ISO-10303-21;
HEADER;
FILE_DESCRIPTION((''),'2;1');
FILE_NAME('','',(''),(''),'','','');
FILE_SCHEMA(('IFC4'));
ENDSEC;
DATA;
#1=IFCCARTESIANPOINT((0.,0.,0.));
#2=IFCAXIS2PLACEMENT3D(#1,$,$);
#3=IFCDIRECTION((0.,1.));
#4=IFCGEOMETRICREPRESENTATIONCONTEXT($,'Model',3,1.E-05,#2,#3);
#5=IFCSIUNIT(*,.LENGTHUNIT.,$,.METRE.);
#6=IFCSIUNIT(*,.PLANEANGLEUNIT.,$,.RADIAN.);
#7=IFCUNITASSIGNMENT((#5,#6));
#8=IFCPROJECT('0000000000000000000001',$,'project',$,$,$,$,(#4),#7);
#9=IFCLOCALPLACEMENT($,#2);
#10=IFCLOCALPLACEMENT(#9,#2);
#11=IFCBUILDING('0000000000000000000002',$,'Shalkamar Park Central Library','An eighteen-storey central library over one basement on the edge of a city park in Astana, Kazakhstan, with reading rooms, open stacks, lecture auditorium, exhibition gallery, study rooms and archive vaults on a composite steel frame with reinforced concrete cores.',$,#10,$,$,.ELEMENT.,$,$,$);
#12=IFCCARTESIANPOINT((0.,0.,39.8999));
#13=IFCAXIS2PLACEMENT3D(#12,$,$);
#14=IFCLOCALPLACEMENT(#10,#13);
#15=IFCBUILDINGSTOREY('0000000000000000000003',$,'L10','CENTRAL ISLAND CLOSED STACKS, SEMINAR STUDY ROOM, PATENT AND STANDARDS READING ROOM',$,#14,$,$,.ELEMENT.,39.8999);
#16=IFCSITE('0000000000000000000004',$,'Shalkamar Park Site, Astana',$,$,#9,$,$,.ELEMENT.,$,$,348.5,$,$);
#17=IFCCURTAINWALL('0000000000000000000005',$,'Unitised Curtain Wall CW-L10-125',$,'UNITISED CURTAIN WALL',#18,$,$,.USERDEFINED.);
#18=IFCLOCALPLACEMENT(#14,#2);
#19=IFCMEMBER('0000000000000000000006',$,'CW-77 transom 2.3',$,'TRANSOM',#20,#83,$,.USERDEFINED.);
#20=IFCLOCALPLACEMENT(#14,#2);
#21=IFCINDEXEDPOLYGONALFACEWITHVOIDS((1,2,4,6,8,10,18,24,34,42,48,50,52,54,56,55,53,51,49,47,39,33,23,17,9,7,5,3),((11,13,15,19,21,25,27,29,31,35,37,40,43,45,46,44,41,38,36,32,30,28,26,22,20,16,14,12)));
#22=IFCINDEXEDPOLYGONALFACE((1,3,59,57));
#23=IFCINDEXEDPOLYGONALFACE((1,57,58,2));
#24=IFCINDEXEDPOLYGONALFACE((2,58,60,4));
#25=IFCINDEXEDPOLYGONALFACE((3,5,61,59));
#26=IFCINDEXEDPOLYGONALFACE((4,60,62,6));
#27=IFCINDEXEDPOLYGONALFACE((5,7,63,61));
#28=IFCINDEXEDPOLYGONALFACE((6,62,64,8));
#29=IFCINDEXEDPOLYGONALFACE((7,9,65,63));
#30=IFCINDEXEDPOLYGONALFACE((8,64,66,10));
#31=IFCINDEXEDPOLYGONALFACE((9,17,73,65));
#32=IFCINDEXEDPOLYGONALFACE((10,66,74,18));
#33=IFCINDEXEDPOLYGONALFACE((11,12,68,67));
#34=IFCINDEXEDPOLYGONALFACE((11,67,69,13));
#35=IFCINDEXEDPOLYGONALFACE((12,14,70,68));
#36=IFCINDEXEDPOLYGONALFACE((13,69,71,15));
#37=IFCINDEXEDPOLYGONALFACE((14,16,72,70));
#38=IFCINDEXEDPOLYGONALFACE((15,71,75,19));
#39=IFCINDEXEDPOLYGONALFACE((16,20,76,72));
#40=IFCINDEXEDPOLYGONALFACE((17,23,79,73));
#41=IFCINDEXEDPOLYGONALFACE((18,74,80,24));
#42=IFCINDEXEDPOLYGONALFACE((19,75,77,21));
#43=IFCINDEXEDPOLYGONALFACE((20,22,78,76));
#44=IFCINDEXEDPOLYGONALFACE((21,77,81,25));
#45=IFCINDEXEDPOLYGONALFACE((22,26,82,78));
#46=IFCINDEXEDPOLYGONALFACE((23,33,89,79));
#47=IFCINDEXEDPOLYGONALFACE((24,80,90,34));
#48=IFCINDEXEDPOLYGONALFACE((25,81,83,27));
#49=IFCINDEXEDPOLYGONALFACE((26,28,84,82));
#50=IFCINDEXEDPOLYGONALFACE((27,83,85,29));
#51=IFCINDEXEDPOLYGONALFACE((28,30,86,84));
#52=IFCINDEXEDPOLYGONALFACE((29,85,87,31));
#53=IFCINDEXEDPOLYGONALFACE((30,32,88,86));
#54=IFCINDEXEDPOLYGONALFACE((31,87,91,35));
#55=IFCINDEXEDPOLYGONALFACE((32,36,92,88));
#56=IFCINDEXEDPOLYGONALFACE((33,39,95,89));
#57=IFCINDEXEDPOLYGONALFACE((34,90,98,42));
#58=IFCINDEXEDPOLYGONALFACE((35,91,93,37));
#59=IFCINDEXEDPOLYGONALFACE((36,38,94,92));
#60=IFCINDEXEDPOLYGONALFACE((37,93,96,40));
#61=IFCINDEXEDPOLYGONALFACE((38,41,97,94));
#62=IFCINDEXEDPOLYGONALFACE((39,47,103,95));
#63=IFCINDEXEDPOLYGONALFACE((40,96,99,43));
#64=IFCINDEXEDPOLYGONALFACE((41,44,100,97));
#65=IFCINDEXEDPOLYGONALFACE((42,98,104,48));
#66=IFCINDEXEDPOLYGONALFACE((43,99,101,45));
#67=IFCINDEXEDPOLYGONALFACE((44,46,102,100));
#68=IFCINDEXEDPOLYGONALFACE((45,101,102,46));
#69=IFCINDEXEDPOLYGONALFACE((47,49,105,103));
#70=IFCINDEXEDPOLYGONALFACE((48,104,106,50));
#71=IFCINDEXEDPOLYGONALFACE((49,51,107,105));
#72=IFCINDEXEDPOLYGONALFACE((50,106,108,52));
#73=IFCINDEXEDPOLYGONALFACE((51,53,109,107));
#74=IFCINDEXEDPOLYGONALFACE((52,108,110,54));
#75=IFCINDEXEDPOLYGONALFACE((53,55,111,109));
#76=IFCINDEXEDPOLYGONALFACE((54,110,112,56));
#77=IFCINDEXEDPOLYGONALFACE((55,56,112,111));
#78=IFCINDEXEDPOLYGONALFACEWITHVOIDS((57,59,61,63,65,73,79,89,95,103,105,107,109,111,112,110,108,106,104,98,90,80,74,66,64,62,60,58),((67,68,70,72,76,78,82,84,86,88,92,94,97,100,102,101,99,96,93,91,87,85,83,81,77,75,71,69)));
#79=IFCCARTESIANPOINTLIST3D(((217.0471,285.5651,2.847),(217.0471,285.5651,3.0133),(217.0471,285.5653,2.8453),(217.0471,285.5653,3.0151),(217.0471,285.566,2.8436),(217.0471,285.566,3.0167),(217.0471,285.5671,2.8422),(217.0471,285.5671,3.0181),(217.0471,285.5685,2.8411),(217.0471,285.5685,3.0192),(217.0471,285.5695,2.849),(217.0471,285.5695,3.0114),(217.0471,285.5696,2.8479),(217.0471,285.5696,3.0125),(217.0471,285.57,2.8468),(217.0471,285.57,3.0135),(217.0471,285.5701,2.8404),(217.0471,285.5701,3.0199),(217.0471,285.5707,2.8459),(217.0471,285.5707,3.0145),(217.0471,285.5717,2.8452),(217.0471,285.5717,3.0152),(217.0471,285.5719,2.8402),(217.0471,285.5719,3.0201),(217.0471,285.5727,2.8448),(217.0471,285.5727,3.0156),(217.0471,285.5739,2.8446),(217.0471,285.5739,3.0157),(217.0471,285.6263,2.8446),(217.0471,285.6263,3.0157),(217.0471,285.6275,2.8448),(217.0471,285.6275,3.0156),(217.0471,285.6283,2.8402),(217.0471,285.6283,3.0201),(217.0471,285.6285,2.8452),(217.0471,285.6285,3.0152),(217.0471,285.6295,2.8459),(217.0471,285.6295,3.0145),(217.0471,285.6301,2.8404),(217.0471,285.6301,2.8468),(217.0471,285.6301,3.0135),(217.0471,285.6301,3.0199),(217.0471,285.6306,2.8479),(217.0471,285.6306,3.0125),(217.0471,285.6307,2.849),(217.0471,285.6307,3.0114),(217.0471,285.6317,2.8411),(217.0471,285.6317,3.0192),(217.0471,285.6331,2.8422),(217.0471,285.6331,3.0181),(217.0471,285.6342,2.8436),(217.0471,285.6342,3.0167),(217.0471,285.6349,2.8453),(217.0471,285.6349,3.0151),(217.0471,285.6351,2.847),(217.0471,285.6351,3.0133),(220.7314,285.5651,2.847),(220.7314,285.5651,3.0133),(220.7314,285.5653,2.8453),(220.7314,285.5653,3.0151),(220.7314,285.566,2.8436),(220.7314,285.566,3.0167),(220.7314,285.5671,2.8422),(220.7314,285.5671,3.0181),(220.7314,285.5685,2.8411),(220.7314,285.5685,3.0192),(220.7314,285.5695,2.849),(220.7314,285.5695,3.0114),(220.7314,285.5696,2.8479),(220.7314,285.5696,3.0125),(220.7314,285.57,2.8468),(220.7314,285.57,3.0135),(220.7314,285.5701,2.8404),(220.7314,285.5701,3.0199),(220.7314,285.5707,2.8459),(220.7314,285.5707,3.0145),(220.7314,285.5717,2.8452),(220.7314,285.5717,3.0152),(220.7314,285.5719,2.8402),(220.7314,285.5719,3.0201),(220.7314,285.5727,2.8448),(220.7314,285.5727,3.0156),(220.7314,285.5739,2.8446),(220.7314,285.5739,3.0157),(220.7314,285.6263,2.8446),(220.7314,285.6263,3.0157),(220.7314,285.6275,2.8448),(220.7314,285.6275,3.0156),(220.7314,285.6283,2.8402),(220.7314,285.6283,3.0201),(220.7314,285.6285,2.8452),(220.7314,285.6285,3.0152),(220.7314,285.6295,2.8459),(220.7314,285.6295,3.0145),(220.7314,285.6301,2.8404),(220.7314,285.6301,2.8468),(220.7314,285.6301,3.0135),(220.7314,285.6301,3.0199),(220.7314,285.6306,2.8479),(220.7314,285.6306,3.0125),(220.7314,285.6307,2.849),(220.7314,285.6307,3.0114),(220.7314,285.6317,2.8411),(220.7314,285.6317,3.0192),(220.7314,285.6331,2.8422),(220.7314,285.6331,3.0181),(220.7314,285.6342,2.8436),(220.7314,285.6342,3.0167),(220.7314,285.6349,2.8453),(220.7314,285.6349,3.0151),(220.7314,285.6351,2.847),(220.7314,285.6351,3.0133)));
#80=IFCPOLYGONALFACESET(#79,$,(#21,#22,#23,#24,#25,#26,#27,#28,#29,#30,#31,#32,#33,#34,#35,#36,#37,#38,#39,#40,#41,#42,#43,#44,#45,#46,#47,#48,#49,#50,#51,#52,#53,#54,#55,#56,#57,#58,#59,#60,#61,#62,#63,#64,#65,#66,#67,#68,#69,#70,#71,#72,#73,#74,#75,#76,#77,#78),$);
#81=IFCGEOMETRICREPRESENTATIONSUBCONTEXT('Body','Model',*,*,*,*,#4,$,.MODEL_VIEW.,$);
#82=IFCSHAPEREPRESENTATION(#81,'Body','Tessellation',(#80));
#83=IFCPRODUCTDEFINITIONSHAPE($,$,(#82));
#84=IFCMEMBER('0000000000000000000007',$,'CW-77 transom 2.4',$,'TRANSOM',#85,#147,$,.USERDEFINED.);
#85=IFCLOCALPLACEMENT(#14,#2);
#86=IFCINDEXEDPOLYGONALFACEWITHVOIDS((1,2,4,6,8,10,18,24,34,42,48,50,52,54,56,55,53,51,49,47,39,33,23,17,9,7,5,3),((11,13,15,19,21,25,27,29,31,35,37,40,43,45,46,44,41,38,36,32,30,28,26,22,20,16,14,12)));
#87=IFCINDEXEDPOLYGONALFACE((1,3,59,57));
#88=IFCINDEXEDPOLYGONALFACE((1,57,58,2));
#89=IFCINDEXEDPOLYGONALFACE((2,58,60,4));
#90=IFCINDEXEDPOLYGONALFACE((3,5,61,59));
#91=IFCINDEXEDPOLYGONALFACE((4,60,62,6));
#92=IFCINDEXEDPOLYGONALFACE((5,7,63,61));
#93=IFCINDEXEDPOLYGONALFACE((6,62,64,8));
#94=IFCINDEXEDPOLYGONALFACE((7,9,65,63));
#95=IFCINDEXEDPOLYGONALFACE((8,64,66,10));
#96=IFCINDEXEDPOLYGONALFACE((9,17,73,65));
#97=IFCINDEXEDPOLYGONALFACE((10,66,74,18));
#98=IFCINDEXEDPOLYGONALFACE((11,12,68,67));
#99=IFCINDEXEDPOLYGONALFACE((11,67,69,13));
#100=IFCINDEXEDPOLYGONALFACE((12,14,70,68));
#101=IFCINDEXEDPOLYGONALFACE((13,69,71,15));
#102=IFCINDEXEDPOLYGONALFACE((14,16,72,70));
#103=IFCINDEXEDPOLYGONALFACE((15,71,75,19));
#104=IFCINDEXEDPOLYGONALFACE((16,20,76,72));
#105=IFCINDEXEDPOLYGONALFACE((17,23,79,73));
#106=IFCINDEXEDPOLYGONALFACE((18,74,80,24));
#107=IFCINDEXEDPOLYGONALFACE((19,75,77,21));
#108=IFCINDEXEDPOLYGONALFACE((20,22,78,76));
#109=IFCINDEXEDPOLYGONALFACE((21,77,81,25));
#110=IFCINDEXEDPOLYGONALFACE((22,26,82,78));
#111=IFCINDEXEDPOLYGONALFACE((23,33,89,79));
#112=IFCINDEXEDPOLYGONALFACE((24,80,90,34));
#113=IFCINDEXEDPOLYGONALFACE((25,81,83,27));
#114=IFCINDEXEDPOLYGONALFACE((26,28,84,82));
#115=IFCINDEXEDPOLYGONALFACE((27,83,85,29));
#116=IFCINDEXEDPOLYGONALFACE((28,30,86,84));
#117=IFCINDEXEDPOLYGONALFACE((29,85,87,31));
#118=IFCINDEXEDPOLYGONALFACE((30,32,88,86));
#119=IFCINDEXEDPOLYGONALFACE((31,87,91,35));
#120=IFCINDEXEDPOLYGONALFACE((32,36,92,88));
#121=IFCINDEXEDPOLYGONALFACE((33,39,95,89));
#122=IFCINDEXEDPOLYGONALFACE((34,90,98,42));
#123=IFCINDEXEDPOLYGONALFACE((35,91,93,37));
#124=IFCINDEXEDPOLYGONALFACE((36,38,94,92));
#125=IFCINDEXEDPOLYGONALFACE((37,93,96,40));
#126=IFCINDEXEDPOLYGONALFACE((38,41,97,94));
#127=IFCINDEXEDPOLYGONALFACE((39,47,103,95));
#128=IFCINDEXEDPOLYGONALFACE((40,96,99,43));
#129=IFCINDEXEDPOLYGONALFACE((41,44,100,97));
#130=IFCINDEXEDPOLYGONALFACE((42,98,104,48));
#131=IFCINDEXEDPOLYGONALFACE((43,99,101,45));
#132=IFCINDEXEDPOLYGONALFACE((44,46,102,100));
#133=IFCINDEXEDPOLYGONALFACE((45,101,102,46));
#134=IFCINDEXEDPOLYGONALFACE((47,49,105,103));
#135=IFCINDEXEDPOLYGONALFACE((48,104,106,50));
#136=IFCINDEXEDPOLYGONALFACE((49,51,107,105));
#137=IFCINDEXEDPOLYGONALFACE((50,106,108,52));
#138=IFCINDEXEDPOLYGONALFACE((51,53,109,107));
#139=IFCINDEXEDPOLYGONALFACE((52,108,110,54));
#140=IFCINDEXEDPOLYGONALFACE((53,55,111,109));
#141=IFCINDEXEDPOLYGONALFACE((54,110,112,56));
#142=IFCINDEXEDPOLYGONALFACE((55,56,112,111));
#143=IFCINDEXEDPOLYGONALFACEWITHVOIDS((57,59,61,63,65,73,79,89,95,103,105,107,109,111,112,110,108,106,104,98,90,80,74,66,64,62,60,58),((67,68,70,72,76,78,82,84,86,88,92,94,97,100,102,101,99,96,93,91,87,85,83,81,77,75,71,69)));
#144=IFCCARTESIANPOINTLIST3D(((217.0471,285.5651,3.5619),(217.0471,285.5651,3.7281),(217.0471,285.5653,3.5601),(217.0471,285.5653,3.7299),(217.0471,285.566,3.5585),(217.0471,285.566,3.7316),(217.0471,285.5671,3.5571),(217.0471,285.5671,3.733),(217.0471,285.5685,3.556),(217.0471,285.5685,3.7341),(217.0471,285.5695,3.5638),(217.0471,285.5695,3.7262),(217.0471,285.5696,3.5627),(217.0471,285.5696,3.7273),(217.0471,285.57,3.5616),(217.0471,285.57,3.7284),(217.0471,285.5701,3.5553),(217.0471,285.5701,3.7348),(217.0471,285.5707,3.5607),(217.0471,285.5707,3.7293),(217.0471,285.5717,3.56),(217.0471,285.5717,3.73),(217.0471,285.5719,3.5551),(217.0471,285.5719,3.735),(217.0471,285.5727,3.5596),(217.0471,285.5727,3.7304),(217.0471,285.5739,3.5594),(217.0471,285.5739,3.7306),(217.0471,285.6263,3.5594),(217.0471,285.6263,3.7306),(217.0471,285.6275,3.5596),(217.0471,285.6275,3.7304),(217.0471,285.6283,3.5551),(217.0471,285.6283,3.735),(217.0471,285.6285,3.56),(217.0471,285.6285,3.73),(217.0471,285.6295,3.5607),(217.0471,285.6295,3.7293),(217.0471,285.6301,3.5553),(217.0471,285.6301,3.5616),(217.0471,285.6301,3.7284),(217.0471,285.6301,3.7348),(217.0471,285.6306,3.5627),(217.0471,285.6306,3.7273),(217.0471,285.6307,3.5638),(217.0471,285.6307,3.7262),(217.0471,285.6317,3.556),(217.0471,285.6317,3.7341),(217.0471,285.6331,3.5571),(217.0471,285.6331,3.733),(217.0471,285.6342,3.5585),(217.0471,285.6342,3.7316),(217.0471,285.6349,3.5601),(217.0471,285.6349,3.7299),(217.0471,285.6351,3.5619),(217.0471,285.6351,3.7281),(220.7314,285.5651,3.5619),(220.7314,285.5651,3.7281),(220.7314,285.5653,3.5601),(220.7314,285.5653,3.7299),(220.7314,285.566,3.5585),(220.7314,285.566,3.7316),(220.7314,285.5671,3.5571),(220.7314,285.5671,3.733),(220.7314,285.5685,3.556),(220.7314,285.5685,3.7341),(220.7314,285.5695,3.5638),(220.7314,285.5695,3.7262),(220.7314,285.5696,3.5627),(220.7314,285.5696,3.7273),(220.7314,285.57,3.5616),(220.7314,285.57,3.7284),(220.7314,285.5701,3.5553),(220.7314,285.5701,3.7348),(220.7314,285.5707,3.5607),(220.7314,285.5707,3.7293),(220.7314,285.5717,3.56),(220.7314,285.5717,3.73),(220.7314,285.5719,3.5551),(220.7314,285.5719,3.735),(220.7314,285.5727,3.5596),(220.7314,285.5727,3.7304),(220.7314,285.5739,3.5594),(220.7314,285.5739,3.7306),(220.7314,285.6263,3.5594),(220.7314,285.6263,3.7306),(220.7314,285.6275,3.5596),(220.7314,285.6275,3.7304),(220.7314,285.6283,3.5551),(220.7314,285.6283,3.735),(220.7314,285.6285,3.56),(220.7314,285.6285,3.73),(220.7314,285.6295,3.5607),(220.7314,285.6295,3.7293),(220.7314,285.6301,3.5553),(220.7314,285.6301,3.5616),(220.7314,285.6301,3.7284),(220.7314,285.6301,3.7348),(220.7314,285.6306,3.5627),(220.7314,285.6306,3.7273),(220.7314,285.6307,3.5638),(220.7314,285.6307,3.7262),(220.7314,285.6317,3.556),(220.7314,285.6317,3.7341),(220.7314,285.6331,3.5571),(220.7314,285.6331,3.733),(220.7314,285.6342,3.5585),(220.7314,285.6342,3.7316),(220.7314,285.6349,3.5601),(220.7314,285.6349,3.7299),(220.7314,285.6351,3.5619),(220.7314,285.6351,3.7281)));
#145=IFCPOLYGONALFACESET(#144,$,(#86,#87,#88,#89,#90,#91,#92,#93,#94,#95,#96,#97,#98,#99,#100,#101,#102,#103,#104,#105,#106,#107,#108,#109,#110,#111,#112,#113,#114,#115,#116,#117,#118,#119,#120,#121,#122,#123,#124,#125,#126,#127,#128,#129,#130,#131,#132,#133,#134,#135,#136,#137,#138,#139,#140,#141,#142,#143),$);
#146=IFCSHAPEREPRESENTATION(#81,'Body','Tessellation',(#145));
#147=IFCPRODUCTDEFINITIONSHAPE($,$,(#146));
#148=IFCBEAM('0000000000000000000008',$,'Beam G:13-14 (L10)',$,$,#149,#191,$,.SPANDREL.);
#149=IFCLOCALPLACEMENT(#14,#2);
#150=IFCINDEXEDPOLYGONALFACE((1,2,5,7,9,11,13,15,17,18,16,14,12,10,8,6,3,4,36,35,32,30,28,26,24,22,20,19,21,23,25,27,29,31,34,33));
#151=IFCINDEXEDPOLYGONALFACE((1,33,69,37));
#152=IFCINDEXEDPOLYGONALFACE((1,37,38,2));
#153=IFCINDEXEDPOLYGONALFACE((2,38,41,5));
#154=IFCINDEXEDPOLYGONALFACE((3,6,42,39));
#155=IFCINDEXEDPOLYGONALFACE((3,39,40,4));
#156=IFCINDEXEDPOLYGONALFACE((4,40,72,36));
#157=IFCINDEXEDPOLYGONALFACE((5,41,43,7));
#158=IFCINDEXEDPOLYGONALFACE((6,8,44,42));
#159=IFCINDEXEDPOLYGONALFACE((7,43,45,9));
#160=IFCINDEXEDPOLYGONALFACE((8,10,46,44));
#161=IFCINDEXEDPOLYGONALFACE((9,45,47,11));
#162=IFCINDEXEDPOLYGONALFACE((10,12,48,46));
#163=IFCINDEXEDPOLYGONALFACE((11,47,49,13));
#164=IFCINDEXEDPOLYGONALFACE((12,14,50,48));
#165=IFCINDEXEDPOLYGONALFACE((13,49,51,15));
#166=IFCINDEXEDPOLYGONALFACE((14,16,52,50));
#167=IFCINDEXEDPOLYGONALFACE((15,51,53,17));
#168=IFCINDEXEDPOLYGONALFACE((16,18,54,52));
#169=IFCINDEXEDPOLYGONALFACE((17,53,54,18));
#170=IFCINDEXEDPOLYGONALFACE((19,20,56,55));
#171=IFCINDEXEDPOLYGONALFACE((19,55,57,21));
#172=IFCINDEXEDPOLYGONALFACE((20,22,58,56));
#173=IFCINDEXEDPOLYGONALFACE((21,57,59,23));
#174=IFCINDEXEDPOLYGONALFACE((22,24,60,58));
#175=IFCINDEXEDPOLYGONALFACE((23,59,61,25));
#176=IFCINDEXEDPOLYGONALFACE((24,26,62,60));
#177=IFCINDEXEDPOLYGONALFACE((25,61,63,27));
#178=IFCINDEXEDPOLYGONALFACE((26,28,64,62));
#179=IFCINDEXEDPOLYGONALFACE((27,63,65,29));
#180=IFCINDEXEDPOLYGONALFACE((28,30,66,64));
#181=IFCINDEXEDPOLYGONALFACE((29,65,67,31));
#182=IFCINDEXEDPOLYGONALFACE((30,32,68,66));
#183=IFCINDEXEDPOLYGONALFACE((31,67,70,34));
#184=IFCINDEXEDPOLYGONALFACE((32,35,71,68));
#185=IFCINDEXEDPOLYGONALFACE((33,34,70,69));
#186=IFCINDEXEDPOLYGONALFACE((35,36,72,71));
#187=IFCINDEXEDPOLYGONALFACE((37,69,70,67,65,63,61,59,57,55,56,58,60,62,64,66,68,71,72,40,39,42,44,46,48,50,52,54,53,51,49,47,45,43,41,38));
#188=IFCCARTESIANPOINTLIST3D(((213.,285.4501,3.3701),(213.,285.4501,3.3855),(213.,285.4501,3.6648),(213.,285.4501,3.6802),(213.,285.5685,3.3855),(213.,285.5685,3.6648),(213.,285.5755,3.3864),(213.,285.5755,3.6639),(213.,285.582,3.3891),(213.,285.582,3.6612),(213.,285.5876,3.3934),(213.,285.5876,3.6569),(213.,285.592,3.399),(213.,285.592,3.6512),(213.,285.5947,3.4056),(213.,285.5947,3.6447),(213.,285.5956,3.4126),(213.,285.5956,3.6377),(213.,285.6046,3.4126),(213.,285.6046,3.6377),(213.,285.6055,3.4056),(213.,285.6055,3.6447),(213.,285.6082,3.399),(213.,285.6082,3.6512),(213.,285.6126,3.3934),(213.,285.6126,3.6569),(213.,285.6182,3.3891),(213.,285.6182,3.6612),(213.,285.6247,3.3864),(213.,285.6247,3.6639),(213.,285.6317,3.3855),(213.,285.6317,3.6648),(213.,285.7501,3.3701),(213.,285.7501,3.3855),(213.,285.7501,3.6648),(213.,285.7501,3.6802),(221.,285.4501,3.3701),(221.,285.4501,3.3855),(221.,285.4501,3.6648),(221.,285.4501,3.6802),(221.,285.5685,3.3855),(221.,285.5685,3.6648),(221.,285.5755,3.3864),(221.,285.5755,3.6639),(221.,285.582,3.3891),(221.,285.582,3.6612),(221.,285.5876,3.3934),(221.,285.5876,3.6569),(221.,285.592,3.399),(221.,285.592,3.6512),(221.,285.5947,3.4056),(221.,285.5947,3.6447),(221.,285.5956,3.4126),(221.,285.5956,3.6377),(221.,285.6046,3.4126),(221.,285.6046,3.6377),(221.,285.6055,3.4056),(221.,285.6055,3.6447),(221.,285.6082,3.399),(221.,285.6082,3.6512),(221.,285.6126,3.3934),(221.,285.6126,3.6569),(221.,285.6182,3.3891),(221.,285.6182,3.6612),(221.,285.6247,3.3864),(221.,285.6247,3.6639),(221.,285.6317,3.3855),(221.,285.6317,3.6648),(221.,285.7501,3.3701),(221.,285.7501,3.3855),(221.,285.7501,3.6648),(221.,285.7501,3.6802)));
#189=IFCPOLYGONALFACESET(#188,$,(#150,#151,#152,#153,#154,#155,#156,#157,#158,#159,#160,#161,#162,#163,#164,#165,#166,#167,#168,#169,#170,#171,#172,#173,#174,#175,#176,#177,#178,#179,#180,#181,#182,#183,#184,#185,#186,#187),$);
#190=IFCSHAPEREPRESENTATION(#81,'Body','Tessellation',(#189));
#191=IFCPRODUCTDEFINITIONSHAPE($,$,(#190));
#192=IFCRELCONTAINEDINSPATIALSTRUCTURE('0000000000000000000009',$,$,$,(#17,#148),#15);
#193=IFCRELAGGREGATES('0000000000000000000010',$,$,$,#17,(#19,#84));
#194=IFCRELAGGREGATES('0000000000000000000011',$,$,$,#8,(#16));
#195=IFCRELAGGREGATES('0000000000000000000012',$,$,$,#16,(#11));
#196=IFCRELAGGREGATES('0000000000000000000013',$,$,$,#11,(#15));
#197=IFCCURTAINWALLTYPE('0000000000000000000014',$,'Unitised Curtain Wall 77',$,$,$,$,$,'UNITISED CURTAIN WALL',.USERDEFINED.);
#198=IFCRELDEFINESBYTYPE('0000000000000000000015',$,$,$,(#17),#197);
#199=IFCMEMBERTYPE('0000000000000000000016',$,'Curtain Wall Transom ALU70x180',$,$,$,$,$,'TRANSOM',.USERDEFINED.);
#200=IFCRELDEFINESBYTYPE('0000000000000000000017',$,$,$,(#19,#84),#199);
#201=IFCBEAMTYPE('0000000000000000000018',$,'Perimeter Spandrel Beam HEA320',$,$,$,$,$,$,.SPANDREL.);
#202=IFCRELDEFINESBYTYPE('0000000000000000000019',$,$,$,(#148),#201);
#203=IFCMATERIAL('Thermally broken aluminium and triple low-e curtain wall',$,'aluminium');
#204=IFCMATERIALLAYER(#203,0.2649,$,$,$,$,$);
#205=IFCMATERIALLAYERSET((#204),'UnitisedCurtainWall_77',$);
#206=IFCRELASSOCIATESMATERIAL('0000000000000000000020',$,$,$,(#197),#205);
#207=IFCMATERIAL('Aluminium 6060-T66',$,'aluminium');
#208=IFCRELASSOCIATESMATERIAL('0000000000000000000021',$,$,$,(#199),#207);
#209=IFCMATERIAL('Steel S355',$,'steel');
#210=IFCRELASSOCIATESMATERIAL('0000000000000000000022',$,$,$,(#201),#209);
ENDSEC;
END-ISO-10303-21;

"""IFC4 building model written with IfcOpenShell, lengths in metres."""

from ifc_helpers import new_model, si_unit, direction, frame, origin, origin_2d, place, context, subcontext, project, spatial, hollow_rectangle, i_section, extrude, material, layer, layer_set, material_profile, profile_set, type_object, element, aggregate, save


model = new_model("IFC4")

# Units and contexts
model_context = context("Model", 3, precision=1e-05, world=origin(), true_north=direction((0.0, 1.0)))
body_context = subcontext(model_context, "Body", "Model", "MODEL_VIEW")
ifc_project = project(units=[si_unit("LENGTHUNIT", "METRE"), si_unit("PLANEANGLEUNIT", "RADIAN")], contexts=[model_context])

# Site, building, storey
site_placement = place(None, origin())
site = spatial("IfcSite", under=ifc_project, at=site_placement, Name="Shalkamar Park Site, Astana", CompositionType="ELEMENT", RefElevation=348.5)
building_placement = place(site_placement, origin())
building = spatial("IfcBuilding", under=site, at=building_placement, Name="Shalkamar Park Central Library", Description="An eighteen-storey central library over one basement on the edge of a city park in Astana, Kazakhstan, with reading rooms, open stacks, lecture auditorium, exhibition gallery, study rooms and archive vaults on a composite steel frame with reinforced concrete cores.", CompositionType="ELEMENT")
storey_placement = place(building_placement, frame((0.0, 0.0, 39.8999)))
storey = spatial("IfcBuildingStorey", under=building, at=storey_placement, Name="L10", Description="CENTRAL ISLAND CLOSED STACKS, SEMINAR STUDY ROOM, PATENT AND STANDARDS READING ROOM", CompositionType="ELEMENT", Elevation=39.8999)

# Shared definitions
ifc_material_1 = material(Name="Steel S355", Category="steel")

# Shared definitions
ifc_material_2 = material(Name="Thermally broken aluminium and triple low-e curtain wall", Category="aluminium")
ifc_material_3 = material(Name="Aluminium 6060-T66", Category="aluminium")

# Curtain wall
ifc_layer_1 = layer(ifc_material_2, 0.2649)
ifc_layer_set_1 = layer_set([ifc_layer_1], Name="UnitisedCurtainWall_77")
curtain_wall_type_1 = type_object("IfcCurtainWallType", Name="Unitised Curtain Wall 77", ElementType="UNITISED CURTAIN WALL", PredefinedType="USERDEFINED", material=ifc_layer_set_1)
curtain_wall_1_placement = place(storey_placement, origin())
curtain_wall_1 = element("IfcCurtainWall", 1, at=curtain_wall_1_placement, inside=storey, type_object=curtain_wall_type_1, Name="Unitised Curtain Wall CW-L10-125", ObjectType="UNITISED CURTAIN WALL", PredefinedType="USERDEFINED")

# Members
ifc_material_profile_1 = material_profile(ifc_material_3, hollow_rectangle(XDim=0.0701, YDim=0.1799, WallThickness=0.0044, InnerFilletRadius=0.0044, OuterFilletRadius=0.0068, at=origin_2d()), Name="ALU 70x180x4.5")
ifc_profile_set_1 = profile_set([ifc_material_profile_1], Name="Aluminium 6060-T66")
member_type_1 = type_object("IfcMemberType", Name="Curtain Wall Transom ALU70x180", ElementType="TRANSOM", PredefinedType="USERDEFINED", material=ifc_profile_set_1)
member_1_placement = place(storey_placement, frame((217.0471, 285.6001, 2.9302), z_axis=(1.0, 0.0, 0.0), x_axis=(0.0, 1.0, 0.0)))
member_1 = element("IfcMember", 2, at=member_1_placement, type_object=member_type_1, Name="CW-77 transom 2.3", ObjectType="TRANSOM", PredefinedType="USERDEFINED", context=body_context, shape_type="SweptSolid", body=[
    extrude(hollow_rectangle(XDim=0.0701, YDim=0.1799, WallThickness=0.0044, InnerFilletRadius=0.0044, OuterFilletRadius=0.0068, at=origin_2d()), origin(), (0.0, 0.0, 1.0), 3.6843),
])
member_2_placement = place(storey_placement, frame((217.0471, 285.6001, 3.645), z_axis=(1.0, 0.0, 0.0), x_axis=(0.0, 1.0, 0.0)))
member_2 = element("IfcMember", 3, at=member_2_placement, type_object=member_type_1, Name="CW-77 transom 2.4", ObjectType="TRANSOM", PredefinedType="USERDEFINED", context=body_context, shape_type="SweptSolid", body=[
    extrude(hollow_rectangle(XDim=0.0701, YDim=0.1799, WallThickness=0.0044, InnerFilletRadius=0.0044, OuterFilletRadius=0.0068, at=origin_2d()), origin(), (0.0, 0.0, 1.0), 3.6843),
])

# Beam
ifc_material_profile_2 = material_profile(ifc_material_1, i_section(OverallWidth=0.3, OverallDepth=0.3101, WebThickness=0.009, FlangeThickness=0.0154, FilletRadius=0.0271, at=origin_2d()), Name="HEA 320")
ifc_profile_set_2 = profile_set([ifc_material_profile_2], Name="Steel S355")
beam_type = type_object("IfcBeamType", Name="Perimeter Spandrel Beam HEA320", PredefinedType="SPANDREL", material=ifc_profile_set_2)
beam_placement = place(storey_placement, frame((213.0, 285.6001, 3.5251), z_axis=(1.0, 0.0, 0.0), x_axis=(0.0, 1.0, 0.0)))
element("IfcBeam", 4, at=beam_placement, inside=storey, type_object=beam_type, Name="Beam G:13-14 (L10)", PredefinedType="SPANDREL", context=body_context, shape_type="SweptSolid", body=[
    extrude(i_section(OverallWidth=0.3, OverallDepth=0.3101, WebThickness=0.009, FlangeThickness=0.0154, FilletRadius=0.0271, at=origin_2d()), origin(), (0.0, 0.0, 1.0), 8.0),
])

aggregate(curtain_wall_1, [member_1, member_2])

save(model, "model.ifc")
